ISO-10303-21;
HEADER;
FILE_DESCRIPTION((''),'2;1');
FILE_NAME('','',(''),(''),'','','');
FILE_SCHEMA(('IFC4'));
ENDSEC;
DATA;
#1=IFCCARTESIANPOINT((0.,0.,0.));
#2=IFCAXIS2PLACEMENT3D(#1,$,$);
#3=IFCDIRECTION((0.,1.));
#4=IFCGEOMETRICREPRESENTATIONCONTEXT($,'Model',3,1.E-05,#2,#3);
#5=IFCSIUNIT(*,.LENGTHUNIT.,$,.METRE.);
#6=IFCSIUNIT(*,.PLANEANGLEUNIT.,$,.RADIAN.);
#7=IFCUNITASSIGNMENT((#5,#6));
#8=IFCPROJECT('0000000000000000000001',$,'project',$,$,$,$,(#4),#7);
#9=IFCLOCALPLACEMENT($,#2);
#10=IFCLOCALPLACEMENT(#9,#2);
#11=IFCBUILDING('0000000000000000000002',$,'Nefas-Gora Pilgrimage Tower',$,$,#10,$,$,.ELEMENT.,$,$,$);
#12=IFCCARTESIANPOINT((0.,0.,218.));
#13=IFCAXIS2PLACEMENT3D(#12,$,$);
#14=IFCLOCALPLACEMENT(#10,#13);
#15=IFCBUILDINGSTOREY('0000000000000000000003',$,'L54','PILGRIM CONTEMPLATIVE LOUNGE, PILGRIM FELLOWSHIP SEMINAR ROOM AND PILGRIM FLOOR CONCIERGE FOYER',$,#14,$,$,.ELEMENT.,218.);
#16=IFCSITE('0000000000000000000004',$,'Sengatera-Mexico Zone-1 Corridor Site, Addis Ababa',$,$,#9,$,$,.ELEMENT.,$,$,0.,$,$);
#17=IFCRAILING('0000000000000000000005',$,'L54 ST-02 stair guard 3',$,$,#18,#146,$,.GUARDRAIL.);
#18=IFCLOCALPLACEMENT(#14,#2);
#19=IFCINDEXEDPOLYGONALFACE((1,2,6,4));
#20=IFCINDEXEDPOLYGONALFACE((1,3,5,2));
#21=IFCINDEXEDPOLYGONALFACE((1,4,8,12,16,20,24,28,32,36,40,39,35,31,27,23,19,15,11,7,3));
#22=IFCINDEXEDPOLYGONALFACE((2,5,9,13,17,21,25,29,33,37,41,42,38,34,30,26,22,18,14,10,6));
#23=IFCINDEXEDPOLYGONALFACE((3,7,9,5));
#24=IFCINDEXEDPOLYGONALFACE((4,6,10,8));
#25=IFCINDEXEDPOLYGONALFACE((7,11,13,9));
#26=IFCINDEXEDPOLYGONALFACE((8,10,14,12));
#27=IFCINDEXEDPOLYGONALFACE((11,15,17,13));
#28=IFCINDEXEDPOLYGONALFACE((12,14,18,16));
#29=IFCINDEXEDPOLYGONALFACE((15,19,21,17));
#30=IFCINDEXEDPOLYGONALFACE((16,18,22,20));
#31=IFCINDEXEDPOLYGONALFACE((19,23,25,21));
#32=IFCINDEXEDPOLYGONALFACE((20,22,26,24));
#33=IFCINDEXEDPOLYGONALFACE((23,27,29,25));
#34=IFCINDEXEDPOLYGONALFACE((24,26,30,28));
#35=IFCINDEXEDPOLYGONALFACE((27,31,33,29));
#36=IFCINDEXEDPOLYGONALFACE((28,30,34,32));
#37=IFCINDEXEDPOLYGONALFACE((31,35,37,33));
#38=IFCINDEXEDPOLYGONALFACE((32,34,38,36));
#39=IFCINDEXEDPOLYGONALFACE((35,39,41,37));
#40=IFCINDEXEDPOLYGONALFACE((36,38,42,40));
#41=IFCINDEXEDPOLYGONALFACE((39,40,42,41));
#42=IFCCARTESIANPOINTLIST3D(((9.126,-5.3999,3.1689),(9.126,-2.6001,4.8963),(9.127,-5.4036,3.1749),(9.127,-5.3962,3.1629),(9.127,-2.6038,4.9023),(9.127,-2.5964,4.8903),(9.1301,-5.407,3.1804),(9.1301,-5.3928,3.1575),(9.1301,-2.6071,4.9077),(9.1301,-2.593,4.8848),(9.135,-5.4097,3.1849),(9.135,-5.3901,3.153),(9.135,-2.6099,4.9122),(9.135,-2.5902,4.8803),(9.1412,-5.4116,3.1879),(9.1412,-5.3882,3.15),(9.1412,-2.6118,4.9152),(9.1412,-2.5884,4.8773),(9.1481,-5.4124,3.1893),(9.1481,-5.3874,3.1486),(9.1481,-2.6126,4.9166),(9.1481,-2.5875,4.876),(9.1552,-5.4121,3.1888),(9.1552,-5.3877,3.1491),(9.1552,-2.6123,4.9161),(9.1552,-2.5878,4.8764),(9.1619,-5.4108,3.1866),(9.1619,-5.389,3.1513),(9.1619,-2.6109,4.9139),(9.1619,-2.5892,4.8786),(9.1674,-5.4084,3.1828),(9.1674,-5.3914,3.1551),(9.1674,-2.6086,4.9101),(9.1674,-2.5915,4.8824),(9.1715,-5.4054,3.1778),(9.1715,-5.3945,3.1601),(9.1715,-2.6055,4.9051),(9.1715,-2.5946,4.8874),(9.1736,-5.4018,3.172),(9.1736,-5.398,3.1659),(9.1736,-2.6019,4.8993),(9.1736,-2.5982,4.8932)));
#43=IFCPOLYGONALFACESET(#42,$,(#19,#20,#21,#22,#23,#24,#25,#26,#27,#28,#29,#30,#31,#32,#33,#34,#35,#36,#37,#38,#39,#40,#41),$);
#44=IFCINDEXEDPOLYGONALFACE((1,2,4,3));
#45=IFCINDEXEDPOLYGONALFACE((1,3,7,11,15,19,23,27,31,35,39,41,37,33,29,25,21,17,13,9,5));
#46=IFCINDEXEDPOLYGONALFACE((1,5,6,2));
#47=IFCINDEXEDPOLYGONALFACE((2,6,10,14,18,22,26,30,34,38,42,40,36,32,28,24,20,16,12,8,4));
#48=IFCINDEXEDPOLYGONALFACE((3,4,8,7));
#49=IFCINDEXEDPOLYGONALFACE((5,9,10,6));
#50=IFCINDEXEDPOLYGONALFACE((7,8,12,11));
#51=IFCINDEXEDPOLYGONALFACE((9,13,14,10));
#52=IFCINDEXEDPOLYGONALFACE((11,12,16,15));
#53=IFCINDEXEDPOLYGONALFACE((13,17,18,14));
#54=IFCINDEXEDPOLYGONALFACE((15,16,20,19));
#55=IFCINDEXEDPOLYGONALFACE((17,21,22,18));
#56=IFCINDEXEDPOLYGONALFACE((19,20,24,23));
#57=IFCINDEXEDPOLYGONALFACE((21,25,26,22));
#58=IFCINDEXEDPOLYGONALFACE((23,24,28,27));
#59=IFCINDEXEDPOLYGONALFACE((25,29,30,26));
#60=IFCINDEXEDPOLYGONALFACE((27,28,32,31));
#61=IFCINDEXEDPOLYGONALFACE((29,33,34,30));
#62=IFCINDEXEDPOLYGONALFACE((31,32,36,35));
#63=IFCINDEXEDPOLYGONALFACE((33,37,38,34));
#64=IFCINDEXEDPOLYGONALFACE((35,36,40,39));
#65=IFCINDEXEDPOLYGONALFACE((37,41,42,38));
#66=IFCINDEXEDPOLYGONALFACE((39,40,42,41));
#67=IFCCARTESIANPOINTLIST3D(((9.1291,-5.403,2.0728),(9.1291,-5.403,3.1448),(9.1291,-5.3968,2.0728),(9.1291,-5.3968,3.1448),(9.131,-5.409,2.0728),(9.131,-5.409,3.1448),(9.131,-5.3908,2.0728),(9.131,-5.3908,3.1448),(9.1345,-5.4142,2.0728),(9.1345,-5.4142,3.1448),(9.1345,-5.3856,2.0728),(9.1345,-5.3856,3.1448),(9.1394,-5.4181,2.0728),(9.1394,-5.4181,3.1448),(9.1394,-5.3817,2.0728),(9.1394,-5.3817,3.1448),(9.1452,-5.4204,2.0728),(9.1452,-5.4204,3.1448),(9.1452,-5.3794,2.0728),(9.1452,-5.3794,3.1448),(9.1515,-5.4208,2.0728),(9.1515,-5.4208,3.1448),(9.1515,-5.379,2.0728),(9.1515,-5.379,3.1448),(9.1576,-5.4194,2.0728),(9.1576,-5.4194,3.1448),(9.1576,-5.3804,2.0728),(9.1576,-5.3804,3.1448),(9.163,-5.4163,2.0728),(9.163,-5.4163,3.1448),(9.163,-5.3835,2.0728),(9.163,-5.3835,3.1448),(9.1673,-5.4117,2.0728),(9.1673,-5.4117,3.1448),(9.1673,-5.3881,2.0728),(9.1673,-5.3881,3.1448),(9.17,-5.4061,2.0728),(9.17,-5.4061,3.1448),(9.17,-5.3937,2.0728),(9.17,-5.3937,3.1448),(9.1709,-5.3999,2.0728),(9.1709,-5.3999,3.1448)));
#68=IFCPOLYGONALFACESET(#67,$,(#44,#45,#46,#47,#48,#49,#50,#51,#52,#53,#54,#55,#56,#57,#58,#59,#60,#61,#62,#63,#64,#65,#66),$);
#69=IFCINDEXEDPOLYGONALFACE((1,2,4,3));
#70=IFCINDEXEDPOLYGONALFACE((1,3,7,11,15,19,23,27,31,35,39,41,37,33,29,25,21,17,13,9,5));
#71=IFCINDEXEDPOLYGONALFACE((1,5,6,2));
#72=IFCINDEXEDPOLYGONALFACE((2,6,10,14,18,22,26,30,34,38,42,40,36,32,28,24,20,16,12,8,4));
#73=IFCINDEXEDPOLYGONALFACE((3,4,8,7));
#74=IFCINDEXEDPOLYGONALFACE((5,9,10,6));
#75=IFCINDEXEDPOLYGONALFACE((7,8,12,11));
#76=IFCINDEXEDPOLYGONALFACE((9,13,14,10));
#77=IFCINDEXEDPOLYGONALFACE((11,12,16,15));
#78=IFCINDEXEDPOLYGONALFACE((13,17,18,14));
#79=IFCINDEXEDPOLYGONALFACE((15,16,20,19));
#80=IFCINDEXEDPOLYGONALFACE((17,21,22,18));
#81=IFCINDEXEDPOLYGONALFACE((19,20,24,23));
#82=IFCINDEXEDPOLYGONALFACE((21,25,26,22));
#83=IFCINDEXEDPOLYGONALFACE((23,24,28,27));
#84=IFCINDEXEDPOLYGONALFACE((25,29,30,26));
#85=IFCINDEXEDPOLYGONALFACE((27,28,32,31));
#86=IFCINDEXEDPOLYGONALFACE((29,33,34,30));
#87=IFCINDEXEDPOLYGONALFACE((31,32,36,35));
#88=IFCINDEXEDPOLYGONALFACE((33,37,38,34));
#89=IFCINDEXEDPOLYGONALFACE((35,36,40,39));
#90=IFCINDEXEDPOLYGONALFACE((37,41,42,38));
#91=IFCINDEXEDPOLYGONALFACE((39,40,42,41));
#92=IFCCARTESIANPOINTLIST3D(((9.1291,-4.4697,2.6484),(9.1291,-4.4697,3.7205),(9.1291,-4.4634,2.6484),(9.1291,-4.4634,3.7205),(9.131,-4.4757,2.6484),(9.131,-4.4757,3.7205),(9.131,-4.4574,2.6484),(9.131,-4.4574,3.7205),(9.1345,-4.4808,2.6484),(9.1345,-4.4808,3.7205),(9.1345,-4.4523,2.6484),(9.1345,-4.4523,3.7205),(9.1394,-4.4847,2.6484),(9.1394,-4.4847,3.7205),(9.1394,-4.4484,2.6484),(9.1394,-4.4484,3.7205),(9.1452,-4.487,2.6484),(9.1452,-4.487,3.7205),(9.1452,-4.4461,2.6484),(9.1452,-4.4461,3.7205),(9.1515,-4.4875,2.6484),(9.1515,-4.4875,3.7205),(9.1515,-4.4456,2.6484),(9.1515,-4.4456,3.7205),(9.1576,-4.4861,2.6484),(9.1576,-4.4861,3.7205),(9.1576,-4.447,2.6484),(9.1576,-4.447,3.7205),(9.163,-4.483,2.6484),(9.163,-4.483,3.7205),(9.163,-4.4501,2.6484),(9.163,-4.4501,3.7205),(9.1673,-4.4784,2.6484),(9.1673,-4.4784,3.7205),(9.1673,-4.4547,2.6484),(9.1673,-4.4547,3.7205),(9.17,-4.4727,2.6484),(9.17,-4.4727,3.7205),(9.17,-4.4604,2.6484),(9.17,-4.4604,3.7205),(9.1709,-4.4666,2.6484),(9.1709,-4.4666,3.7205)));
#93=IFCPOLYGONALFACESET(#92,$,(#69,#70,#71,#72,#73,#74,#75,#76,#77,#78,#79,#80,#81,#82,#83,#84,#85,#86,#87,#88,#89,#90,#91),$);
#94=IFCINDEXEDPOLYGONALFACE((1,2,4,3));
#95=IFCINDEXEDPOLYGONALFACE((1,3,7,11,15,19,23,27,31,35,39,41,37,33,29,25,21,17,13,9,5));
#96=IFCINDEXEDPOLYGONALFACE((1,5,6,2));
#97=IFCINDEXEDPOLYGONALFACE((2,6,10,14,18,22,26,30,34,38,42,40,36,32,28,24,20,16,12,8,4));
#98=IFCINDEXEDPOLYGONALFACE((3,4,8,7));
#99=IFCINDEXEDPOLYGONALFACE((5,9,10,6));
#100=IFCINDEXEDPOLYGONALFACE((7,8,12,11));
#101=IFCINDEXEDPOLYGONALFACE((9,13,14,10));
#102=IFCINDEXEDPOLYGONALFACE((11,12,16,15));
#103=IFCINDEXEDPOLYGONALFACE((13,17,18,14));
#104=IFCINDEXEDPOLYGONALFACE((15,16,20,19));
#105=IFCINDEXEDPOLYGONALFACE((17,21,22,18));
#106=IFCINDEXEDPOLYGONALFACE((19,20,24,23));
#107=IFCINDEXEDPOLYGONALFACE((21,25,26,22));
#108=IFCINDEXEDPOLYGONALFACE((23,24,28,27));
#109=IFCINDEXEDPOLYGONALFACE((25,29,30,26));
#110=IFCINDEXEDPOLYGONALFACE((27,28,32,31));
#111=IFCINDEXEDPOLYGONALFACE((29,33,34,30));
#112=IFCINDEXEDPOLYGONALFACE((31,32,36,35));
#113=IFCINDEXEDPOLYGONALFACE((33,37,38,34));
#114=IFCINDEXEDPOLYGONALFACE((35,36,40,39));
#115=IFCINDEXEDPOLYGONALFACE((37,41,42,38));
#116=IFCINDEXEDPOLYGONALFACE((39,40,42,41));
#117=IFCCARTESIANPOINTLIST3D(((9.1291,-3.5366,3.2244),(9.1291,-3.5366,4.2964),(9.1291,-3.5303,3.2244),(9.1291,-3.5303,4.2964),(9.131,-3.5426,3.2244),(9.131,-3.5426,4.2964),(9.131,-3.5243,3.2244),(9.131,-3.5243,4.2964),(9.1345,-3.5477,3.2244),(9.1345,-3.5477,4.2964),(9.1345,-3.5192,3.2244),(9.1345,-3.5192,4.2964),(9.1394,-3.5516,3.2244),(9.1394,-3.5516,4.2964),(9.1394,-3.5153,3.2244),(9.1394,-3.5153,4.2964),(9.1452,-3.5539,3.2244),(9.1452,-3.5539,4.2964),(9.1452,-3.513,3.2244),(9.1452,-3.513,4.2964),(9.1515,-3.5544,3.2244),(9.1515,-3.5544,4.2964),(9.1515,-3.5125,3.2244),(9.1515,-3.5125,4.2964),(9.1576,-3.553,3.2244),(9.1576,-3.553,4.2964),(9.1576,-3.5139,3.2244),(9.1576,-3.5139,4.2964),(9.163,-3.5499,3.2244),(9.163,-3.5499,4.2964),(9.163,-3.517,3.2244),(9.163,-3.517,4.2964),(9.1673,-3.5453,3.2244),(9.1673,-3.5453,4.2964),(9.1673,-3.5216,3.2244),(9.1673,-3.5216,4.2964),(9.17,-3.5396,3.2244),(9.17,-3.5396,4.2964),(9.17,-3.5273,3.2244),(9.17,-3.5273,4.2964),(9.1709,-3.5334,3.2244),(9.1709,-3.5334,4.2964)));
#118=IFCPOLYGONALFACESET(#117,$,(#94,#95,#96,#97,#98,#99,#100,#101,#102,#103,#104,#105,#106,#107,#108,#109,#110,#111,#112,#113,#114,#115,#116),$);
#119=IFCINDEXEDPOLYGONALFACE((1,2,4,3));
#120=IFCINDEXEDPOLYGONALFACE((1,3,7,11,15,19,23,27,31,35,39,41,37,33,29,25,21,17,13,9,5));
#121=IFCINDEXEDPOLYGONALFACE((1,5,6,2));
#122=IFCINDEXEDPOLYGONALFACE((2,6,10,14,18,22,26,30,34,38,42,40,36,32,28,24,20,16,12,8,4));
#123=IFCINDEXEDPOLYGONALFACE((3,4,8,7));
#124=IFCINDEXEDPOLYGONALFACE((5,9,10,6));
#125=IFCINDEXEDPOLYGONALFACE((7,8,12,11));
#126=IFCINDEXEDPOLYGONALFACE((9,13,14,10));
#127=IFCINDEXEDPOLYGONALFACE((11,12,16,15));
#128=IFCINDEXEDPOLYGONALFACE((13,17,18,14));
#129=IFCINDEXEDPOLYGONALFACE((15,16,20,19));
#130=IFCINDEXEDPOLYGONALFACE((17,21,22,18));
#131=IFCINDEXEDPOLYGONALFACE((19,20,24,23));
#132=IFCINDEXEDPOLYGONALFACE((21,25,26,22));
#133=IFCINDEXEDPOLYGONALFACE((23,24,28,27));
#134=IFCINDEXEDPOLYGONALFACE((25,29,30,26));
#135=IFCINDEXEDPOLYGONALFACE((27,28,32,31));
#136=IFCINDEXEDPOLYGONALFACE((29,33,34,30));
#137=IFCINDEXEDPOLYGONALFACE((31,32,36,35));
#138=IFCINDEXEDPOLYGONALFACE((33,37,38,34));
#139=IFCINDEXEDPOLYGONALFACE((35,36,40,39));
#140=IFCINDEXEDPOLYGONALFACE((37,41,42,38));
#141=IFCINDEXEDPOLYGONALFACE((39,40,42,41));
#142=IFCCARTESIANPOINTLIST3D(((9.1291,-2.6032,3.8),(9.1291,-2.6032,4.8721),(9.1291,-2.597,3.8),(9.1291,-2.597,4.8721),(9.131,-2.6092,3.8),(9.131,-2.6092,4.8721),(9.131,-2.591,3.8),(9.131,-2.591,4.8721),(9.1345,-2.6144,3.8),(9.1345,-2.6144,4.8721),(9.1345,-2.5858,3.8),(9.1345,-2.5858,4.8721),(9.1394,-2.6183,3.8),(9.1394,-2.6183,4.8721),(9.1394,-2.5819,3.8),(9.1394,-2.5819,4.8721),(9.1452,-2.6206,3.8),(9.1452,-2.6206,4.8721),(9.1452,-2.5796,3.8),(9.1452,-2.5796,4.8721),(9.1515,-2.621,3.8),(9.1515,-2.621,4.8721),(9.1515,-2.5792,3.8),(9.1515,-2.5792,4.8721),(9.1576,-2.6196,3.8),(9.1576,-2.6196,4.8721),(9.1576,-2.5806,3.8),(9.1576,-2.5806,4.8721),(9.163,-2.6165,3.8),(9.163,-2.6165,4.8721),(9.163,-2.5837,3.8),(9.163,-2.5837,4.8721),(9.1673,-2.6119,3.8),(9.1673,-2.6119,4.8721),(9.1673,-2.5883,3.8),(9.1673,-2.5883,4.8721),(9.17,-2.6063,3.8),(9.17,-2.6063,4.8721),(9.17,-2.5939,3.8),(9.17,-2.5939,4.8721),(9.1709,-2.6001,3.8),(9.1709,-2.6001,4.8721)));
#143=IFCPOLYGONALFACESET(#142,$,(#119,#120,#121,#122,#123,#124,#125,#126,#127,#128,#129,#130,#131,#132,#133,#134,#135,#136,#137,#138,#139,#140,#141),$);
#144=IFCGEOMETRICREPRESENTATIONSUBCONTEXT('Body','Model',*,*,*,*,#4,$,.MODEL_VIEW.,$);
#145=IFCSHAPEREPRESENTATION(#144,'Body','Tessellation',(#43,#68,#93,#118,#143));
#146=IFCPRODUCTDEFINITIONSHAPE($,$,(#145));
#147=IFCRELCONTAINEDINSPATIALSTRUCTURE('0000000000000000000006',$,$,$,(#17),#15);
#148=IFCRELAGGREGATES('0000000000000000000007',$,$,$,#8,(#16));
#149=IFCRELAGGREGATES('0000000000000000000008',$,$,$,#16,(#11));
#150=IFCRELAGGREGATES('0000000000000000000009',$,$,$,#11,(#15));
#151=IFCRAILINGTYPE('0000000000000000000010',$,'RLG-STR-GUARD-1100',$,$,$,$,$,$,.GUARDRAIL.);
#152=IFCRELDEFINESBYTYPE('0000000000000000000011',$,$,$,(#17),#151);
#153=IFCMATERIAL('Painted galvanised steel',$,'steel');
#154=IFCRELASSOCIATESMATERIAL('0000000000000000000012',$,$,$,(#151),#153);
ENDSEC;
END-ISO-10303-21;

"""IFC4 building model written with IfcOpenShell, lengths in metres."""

from ifc_helpers import new_model, si_unit, direction, frame, origin, origin_2d, place, context, subcontext, project, spatial, circle, extrude, material, type_object, element, save


model = new_model("IFC4")

# Units and contexts
model_context = context("Model", 3, precision=1e-05, world=origin(), true_north=direction((0.0, 1.0)))
body_context = subcontext(model_context, "Body", "Model", "MODEL_VIEW")
ifc_project = project(units=[si_unit("LENGTHUNIT", "METRE"), si_unit("PLANEANGLEUNIT", "RADIAN")], contexts=[model_context])

# Site, building, storey
site_placement = place(None, origin())
site = spatial("IfcSite", under=ifc_project, at=site_placement, Name="Sengatera-Mexico Zone-1 Corridor Site, Addis Ababa", CompositionType="ELEMENT", RefElevation=0.0)
building_placement = place(site_placement, origin())
building = spatial("IfcBuilding", under=site, at=building_placement, Name="Nefas-Gora Pilgrimage Tower", CompositionType="ELEMENT")
storey_placement = place(building_placement, frame((0.0, 0.0, 218.0)))
storey = spatial("IfcBuildingStorey", under=building, at=storey_placement, Name="L54", Description="PILGRIM CONTEMPLATIVE LOUNGE, PILGRIM FELLOWSHIP SEMINAR ROOM AND PILGRIM FLOOR CONCIERGE FOYER", CompositionType="ELEMENT", Elevation=218.0)

# Railing
ifc_material_1 = material(Name="Painted galvanised steel", Category="steel")
railing_type_1 = type_object("IfcRailingType", Name="RLG-STR-GUARD-1100", PredefinedType="GUARDRAIL", material=ifc_material_1)
railing_1_placement = place(storey_placement, frame((9.1499, -5.3999, 2.0728)))
element("IfcRailing", 1, at=railing_1_placement, inside=storey, type_object=railing_type_1, Name="L54 ST-02 stair guard 3", PredefinedType="GUARDRAIL", context=body_context, shape_type="SweptSolid", body=[
    extrude(circle(Radius=0.0239, at=origin_2d()), frame((0.0, 0.0, 1.0962), z_axis=(0.0, 0.851069, 0.525054), x_axis=(-1.0, 0.0, 0.0)), (0.0, 0.0, 1.0), 3.2898),
    extrude(circle(Radius=0.021, at=origin_2d()), origin(), (0.0, 0.0, 1.0), 1.072),
    extrude(circle(Radius=0.021, at=origin_2d()), frame((0.0, 0.9333, 0.5757)), (0.0, 0.0, 1.0), 1.072),
    extrude(circle(Radius=0.021, at=origin_2d()), frame((0.0, 1.8665, 1.1516)), (0.0, 0.0, 1.0), 1.072),
    extrude(circle(Radius=0.021, at=origin_2d()), frame((0.0, 2.7998, 1.7273)), (0.0, 0.0, 1.0), 1.072),
])

save(model, "model.ifc")
